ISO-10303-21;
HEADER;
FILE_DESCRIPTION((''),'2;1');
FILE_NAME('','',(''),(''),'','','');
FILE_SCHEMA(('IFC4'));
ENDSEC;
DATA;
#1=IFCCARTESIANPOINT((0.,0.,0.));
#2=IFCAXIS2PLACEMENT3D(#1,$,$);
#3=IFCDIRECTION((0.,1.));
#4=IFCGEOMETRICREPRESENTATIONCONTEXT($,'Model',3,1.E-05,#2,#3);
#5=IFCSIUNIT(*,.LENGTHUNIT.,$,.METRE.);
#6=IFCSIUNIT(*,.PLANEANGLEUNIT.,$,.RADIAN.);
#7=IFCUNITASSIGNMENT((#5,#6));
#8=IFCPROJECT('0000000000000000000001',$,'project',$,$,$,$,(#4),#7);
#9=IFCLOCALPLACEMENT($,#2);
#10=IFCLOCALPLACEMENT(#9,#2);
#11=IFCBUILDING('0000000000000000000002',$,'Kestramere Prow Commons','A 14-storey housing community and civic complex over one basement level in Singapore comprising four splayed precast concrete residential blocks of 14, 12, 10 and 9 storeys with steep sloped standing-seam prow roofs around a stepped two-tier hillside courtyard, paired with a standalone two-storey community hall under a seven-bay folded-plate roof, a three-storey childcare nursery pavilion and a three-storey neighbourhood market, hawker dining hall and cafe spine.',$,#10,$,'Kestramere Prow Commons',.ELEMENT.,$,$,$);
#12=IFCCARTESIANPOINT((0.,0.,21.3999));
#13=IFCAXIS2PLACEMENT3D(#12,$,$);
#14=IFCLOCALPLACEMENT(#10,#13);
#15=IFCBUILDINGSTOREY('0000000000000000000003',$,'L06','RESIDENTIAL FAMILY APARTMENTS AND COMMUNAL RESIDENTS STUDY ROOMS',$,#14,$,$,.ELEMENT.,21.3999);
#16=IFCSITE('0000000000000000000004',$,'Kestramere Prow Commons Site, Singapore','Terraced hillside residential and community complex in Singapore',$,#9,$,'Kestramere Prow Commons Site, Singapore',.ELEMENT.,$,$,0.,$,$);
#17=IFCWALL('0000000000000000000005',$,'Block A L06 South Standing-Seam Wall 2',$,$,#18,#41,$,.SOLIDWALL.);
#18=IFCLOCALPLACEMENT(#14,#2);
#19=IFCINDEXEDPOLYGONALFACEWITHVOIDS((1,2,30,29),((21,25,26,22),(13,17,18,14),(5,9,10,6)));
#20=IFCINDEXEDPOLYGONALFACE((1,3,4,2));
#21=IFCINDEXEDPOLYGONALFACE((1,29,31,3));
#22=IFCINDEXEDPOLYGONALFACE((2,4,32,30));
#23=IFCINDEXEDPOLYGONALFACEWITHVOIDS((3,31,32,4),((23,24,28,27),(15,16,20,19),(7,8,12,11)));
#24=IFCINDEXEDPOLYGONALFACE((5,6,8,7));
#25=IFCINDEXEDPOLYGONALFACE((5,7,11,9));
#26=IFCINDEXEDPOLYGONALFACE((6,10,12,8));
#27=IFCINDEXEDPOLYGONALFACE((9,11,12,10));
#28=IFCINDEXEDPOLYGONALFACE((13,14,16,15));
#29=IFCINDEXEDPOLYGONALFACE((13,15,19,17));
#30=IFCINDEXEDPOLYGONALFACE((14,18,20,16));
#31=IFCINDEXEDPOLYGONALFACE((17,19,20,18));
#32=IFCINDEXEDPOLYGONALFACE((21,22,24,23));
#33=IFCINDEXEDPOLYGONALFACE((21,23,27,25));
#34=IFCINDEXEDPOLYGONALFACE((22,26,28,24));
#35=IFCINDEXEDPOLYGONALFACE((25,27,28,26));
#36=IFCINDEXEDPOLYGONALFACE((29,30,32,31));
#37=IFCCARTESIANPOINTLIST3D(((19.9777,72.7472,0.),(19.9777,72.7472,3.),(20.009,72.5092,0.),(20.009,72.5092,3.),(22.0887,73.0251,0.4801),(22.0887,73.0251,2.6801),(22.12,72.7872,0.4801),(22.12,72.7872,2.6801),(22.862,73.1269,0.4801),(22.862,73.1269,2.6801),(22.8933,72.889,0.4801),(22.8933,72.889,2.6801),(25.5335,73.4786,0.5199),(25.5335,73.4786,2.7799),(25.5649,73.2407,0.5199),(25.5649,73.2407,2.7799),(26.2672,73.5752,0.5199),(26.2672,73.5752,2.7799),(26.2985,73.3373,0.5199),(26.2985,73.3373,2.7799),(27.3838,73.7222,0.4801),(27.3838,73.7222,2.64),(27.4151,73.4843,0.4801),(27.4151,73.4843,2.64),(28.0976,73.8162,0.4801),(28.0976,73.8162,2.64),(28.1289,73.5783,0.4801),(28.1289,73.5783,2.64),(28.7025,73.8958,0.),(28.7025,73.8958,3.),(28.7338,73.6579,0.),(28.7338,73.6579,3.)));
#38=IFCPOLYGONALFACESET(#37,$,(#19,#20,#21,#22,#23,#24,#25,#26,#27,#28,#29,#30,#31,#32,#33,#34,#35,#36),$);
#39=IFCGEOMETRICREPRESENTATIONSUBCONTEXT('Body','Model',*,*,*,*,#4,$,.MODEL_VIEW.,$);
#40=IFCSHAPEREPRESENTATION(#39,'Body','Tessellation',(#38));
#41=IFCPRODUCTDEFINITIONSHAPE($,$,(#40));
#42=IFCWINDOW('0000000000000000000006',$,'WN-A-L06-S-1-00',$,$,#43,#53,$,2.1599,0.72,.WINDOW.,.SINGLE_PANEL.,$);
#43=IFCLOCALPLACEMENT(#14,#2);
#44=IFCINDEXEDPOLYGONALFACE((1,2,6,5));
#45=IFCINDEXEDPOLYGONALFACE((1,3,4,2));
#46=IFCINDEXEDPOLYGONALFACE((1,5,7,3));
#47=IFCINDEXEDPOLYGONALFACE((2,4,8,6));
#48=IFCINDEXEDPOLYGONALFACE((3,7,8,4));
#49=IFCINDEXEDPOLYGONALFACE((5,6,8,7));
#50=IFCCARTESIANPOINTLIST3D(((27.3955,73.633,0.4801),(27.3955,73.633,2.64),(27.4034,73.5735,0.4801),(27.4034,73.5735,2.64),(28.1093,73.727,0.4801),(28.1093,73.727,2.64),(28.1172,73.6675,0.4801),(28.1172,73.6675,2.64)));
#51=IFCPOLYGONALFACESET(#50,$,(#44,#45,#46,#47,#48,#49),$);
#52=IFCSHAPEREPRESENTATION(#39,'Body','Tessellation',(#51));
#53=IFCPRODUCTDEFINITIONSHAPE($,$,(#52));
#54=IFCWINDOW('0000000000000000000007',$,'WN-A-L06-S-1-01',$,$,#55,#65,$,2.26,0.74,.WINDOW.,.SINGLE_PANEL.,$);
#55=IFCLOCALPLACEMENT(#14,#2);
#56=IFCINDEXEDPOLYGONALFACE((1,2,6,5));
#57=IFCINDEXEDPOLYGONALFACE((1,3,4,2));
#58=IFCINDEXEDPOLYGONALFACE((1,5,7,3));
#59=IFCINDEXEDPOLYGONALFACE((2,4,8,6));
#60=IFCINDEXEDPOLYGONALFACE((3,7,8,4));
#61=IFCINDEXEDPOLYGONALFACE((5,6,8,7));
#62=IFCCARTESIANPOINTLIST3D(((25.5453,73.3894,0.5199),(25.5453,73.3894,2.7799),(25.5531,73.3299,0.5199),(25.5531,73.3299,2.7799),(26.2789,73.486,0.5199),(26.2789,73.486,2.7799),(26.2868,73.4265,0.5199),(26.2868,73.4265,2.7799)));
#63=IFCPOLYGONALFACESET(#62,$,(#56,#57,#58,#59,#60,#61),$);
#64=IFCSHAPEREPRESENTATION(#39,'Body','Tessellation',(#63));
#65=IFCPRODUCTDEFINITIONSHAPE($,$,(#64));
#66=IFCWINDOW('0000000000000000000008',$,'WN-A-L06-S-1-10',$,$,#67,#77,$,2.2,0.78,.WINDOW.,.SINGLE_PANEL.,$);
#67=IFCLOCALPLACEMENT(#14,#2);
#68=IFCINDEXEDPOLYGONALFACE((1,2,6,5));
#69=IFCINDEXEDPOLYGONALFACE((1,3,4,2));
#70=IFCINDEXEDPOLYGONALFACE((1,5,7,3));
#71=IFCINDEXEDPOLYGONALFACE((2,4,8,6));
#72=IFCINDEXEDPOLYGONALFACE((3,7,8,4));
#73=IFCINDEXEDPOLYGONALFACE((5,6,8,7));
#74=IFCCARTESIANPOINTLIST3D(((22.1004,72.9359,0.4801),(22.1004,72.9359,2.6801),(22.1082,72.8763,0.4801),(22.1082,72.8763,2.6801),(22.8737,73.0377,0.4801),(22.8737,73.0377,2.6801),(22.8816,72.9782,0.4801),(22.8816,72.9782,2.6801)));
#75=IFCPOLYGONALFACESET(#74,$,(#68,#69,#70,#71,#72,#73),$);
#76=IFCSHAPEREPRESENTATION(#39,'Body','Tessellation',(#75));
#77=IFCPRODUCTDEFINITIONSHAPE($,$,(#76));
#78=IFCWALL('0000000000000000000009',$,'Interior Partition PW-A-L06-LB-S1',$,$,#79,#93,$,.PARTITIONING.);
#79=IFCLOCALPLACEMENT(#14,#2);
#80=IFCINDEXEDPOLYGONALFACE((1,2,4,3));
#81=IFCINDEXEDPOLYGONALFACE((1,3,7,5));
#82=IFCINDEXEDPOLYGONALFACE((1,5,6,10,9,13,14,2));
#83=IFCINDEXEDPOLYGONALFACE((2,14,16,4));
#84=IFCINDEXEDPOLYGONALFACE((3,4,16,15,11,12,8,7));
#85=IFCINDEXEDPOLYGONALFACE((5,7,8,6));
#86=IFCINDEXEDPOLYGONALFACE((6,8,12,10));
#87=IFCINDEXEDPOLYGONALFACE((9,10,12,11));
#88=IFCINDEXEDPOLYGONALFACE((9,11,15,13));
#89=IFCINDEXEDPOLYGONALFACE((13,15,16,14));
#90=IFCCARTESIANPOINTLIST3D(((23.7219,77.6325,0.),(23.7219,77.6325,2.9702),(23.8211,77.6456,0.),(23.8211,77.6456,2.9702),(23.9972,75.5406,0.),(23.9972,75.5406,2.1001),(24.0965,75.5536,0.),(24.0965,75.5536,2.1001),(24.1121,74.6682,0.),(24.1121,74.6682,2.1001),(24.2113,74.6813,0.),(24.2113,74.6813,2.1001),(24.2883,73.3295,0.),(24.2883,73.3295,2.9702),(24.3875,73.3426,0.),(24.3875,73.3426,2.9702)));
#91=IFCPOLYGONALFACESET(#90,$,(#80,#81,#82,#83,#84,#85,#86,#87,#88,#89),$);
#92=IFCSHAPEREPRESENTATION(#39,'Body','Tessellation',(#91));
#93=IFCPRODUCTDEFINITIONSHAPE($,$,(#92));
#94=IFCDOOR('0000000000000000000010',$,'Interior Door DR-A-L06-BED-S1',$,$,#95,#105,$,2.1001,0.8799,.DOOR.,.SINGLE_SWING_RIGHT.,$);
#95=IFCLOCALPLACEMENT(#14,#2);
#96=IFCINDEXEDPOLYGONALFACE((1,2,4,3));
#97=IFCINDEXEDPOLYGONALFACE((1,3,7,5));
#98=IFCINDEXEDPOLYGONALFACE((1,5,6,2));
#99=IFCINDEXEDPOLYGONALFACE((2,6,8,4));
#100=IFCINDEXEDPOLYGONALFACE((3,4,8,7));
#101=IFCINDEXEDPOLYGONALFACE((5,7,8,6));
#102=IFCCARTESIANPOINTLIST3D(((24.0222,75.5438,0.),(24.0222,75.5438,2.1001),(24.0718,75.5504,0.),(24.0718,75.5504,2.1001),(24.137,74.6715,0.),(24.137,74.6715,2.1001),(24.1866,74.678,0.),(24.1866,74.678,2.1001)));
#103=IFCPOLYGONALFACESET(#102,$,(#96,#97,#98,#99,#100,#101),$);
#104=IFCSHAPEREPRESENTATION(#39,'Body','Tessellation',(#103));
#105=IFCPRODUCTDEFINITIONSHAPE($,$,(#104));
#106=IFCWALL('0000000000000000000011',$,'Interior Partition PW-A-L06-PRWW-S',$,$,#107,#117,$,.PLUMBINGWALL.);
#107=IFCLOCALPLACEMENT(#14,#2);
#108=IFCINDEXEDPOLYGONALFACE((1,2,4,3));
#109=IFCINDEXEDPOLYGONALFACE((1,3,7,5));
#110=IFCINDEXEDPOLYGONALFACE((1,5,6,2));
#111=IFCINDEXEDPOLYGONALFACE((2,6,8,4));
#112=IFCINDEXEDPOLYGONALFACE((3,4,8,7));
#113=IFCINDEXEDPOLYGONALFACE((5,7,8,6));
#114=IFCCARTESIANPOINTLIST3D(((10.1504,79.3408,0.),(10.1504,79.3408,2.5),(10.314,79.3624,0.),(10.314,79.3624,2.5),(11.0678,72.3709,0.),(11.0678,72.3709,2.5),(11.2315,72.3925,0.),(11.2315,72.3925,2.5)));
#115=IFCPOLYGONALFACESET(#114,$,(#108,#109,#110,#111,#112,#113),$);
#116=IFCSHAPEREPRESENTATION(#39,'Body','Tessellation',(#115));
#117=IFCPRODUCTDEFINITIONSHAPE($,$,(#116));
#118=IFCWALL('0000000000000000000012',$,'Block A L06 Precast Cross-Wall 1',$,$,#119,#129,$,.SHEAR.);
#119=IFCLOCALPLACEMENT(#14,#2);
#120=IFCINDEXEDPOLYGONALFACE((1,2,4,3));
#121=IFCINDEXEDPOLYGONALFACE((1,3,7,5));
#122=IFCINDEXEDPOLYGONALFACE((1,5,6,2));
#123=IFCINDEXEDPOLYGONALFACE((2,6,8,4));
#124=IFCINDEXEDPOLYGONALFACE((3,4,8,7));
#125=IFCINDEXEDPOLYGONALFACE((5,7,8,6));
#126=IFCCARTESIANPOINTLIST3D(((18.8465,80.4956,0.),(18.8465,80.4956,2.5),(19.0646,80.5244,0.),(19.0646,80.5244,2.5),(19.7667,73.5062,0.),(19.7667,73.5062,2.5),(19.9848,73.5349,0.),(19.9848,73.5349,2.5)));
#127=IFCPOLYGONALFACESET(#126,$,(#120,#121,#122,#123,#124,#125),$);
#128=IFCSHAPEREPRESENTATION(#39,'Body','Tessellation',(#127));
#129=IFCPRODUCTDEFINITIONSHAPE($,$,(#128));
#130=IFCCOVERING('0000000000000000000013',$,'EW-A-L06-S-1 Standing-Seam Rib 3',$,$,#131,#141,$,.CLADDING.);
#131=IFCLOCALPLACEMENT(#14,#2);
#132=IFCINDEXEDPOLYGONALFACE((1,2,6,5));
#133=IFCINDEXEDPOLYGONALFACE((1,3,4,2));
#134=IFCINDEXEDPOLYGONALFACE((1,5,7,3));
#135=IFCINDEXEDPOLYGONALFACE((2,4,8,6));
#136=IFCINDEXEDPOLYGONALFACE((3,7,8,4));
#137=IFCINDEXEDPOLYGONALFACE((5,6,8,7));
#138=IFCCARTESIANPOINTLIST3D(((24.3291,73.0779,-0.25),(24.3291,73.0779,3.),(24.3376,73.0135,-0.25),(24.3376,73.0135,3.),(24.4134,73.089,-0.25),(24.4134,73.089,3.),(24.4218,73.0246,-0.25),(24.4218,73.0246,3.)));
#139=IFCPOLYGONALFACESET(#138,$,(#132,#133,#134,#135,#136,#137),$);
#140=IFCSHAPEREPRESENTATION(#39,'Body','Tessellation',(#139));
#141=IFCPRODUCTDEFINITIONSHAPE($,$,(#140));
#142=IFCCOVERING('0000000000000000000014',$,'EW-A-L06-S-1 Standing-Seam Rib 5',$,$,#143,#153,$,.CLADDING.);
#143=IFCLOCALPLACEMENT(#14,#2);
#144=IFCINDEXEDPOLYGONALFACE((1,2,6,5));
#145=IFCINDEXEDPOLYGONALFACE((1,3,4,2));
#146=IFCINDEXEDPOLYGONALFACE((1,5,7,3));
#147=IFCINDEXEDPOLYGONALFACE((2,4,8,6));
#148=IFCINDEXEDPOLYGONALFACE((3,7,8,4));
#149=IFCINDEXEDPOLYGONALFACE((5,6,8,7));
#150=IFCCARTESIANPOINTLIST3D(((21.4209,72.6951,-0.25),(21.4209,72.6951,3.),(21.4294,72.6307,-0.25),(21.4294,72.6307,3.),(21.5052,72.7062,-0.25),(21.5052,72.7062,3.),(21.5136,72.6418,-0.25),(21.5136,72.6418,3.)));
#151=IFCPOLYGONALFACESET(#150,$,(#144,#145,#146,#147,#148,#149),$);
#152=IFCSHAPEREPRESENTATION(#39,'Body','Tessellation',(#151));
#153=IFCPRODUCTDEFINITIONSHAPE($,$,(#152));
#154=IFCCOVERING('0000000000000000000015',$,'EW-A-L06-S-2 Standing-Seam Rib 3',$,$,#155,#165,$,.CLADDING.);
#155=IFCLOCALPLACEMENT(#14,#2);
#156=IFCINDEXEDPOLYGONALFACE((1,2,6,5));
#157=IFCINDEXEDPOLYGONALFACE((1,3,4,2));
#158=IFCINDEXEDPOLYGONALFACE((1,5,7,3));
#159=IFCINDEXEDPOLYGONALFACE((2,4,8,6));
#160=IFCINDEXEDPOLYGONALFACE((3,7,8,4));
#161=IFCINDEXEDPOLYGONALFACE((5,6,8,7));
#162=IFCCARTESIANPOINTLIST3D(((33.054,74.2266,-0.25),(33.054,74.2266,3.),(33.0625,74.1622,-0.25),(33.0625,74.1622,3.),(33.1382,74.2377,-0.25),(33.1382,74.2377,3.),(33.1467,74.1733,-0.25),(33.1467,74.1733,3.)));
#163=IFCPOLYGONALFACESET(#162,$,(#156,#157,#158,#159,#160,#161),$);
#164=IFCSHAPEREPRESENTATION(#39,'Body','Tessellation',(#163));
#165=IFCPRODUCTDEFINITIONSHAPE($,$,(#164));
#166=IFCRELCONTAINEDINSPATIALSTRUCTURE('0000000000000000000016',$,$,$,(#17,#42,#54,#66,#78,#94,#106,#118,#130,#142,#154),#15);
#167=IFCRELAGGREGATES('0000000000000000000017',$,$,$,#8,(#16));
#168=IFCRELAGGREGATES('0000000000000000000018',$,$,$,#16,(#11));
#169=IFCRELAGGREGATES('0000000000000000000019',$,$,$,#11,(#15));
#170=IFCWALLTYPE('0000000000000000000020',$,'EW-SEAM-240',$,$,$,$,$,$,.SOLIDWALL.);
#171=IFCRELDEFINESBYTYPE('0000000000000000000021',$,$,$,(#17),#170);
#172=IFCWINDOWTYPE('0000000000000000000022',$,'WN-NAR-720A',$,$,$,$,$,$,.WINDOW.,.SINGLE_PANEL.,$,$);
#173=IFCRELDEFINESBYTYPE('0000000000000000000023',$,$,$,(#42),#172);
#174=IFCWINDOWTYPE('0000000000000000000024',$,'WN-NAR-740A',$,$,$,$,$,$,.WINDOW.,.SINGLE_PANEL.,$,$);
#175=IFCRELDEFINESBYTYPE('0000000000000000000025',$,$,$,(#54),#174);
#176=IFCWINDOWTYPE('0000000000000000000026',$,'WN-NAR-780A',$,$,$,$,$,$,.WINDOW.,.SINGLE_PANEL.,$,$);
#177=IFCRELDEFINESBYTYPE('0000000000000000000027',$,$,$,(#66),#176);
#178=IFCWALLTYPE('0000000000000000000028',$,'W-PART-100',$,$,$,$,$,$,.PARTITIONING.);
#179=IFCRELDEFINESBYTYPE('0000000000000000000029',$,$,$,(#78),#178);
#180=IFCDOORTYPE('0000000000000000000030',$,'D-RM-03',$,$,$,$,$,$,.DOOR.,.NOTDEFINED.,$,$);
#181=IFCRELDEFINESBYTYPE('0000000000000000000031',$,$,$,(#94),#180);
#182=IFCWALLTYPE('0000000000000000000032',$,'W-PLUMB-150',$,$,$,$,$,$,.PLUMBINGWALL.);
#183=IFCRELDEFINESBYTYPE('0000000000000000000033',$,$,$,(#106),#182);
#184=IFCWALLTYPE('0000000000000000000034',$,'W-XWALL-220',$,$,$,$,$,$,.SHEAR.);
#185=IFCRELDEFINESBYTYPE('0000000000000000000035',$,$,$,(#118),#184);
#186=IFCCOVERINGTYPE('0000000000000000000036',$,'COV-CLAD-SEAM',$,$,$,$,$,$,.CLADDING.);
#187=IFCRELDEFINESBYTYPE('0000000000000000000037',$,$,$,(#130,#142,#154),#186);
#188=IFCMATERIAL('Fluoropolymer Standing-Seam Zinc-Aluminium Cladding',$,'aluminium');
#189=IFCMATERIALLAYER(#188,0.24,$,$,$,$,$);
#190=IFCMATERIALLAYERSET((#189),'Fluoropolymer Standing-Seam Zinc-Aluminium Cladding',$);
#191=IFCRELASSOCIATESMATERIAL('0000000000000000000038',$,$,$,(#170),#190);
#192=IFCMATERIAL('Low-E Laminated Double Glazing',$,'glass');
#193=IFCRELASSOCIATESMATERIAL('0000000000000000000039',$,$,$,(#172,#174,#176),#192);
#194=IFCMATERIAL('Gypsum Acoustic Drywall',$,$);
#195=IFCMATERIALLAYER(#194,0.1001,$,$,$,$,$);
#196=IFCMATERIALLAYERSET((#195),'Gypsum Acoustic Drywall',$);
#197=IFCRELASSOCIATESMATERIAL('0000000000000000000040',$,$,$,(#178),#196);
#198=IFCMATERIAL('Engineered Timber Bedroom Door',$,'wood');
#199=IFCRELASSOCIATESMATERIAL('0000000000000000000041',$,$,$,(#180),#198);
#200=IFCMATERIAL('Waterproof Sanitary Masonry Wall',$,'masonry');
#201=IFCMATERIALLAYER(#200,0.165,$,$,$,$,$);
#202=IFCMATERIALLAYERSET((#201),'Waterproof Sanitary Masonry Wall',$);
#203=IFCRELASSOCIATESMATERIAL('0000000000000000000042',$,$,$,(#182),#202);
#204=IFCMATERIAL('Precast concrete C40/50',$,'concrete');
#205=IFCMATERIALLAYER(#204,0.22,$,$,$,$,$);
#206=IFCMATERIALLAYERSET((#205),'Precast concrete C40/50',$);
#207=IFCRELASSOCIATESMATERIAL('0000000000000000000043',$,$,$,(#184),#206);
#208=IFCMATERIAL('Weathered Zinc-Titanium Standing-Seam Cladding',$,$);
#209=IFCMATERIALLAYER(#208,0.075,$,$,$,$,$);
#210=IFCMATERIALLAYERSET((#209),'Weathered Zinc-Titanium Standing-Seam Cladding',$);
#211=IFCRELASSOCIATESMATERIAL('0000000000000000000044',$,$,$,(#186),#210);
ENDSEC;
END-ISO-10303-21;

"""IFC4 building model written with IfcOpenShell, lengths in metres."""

from ifc_helpers import new_model, si_unit, direction, frame, frame_2d, origin, origin_2d, place, context, subcontext, project, spatial, rectangle, extrude, material, layer, layer_set, type_object, element, fill, save


model = new_model("IFC4")

# Units and contexts
model_context = context("Model", 3, precision=1e-05, world=origin(), true_north=direction((0.0, 1.0)))
body_context = subcontext(model_context, "Body", "Model", "MODEL_VIEW")
ifc_project = project(units=[si_unit("LENGTHUNIT", "METRE"), si_unit("PLANEANGLEUNIT", "RADIAN")], contexts=[model_context])

# Site, building, storey
site_placement = place(None, origin())
site = spatial("IfcSite", under=ifc_project, at=site_placement, Name="Kestramere Prow Commons Site, Singapore", Description="Terraced hillside residential and community complex in Singapore", LongName="Kestramere Prow Commons Site, Singapore", CompositionType="ELEMENT", RefElevation=0.0)
building_placement = place(site_placement, origin())
building = spatial("IfcBuilding", under=site, at=building_placement, Name="Kestramere Prow Commons", Description="A 14-storey housing community and civic complex over one basement level in Singapore comprising four splayed precast concrete residential blocks of 14, 12, 10 and 9 storeys with steep sloped standing-seam prow roofs around a stepped two-tier hillside courtyard, paired with a standalone two-storey community hall under a seven-bay folded-plate roof, a three-storey childcare nursery pavilion and a three-storey neighbourhood market, hawker dining hall and cafe spine.", LongName="Kestramere Prow Commons", CompositionType="ELEMENT")
storey_placement = place(building_placement, frame((0.0, 0.0, 21.3999)))
storey = spatial("IfcBuildingStorey", under=building, at=storey_placement, Name="L06", Description="RESIDENTIAL FAMILY APARTMENTS AND COMMUNAL RESIDENTS STUDY ROOMS", CompositionType="ELEMENT", Elevation=21.3999)

# Shared definitions
ifc_material_1 = material(Name="Precast concrete C40/50", Category="concrete")

# Shared definitions
ifc_material_2 = material(Name="Weathered Zinc-Titanium Standing-Seam Cladding")
ifc_material_3 = material(Name="Low-E Laminated Double Glazing", Category="glass")

# Shared definitions
ifc_material_4 = material(Name="Fluoropolymer Standing-Seam Zinc-Aluminium Cladding", Category="aluminium")
ifc_layer_1 = layer(ifc_material_4, 0.24)
ifc_layer_set_1 = layer_set([ifc_layer_1], Name="Fluoropolymer Standing-Seam Zinc-Aluminium Cladding")
wall_type_1 = type_object("IfcWallType", Name="EW-SEAM-240", PredefinedType="SOLIDWALL", material=ifc_layer_set_1)

# Wall, openings, windows
wall_1_placement = place(storey_placement, frame((28.718, 73.7769, 0.0), z_axis=(0.0, 0.0, 1.0), x_axis=(-0.991444, -0.13053, 0.0)))
wall_1 = element("IfcWall", 1, at=wall_1_placement, inside=storey, type_object=wall_type_1, Name="Block A L06 South Standing-Seam Wall 2", PredefinedType="SOLIDWALL", context=body_context, shape_type="SweptSolid", body=[
    extrude(rectangle(XDim=8.8, YDim=0.24, at=frame_2d((4.3999, 0.0))), origin(), (0.0, 0.0, 1.0), 3.0),
])
opening_1_placement = place(wall_1_placement, frame((0.6101, 0.0, 0.48)))
opening_1 = element("IfcOpeningElement", 2, at=opening_1_placement, cuts=wall_1, PredefinedType="OPENING", context=body_context, shape_type="SweptSolid", body=[
    extrude(rectangle(XDim=0.72, YDim=2.1599, at=frame_2d((0.3599, 1.0801))), frame((0.0, 0.135, 0.0), z_axis=(0.0, -1.0, 0.0), x_axis=(1.0, 0.0, 0.0)), (0.0, 0.0, 1.0), 0.27),
])
opening_2_placement = place(wall_1_placement, frame((2.4561, 0.0, 0.52)))
opening_2 = element("IfcOpeningElement", 3, at=opening_2_placement, cuts=wall_1, PredefinedType="OPENING", context=body_context, shape_type="SweptSolid", body=[
    extrude(rectangle(XDim=0.74, YDim=2.26, at=frame_2d((0.3701, 1.1299))), frame((0.0, 0.135, 0.0), z_axis=(0.0, -1.0, 0.0), x_axis=(1.0, 0.0, 0.0)), (0.0, 0.0, 1.0), 0.27),
])
opening_3_placement = place(wall_1_placement, frame((5.8906, 0.0, 0.48)))
opening_3 = element("IfcOpeningElement", 4, at=opening_3_placement, cuts=wall_1, PredefinedType="OPENING", context=body_context, shape_type="SweptSolid", body=[
    extrude(rectangle(XDim=0.78, YDim=2.2, at=frame_2d((0.3901, 1.1001))), frame((0.0, 0.135, 0.0), z_axis=(0.0, -1.0, 0.0), x_axis=(1.0, 0.0, 0.0)), (0.0, 0.0, 1.0), 0.27),
])
window_type_1 = type_object("IfcWindowType", Name="WN-NAR-720A", PartitioningType="SINGLE_PANEL", PredefinedType="WINDOW", material=ifc_material_3)
window_1_placement = place(opening_1_placement, origin())
window_1 = element("IfcWindow", 5, at=window_1_placement, inside=storey, type_object=window_type_1, Name="WN-A-L06-S-1-00", OverallHeight=2.1599, OverallWidth=0.72, PartitioningType="SINGLE_PANEL", PredefinedType="WINDOW", context=body_context, shape_type="SweptSolid", body=[
    extrude(rectangle(XDim=0.72, YDim=2.1599, at=frame_2d((0.3599, 1.0801))), frame((0.0, 0.03, 0.0), z_axis=(0.0, -1.0, 0.0), x_axis=(1.0, 0.0, 0.0)), (0.0, 0.0, 1.0), 0.0601),
])
fill(opening_1, window_1)
window_type_2 = type_object("IfcWindowType", Name="WN-NAR-740A", PartitioningType="SINGLE_PANEL", PredefinedType="WINDOW", material=ifc_material_3)
window_2_placement = place(opening_2_placement, origin())
window_2 = element("IfcWindow", 6, at=window_2_placement, inside=storey, type_object=window_type_2, Name="WN-A-L06-S-1-01", OverallHeight=2.26, OverallWidth=0.74, PartitioningType="SINGLE_PANEL", PredefinedType="WINDOW", context=body_context, shape_type="SweptSolid", body=[
    extrude(rectangle(XDim=0.74, YDim=2.26, at=frame_2d((0.3701, 1.1299))), frame((0.0, 0.03, 0.0), z_axis=(0.0, -1.0, 0.0), x_axis=(1.0, 0.0, 0.0)), (0.0, 0.0, 1.0), 0.0601),
])
fill(opening_2, window_2)
window_type_3 = type_object("IfcWindowType", Name="WN-NAR-780A", PartitioningType="SINGLE_PANEL", PredefinedType="WINDOW", material=ifc_material_3)
window_3_placement = place(opening_3_placement, origin())
window_3 = element("IfcWindow", 7, at=window_3_placement, inside=storey, type_object=window_type_3, Name="WN-A-L06-S-1-10", OverallHeight=2.2, OverallWidth=0.78, PartitioningType="SINGLE_PANEL", PredefinedType="WINDOW", context=body_context, shape_type="SweptSolid", body=[
    extrude(rectangle(XDim=0.78, YDim=2.2, at=frame_2d((0.3901, 1.1001))), frame((0.0, 0.03, 0.0), z_axis=(0.0, -1.0, 0.0), x_axis=(1.0, 0.0, 0.0)), (0.0, 0.0, 1.0), 0.0601),
])
fill(opening_3, window_3)

# Wall, opening, door
ifc_material_5 = material(Name="Gypsum Acoustic Drywall")
ifc_layer_2 = layer(ifc_material_5, 0.1001)
ifc_layer_set_2 = layer_set([ifc_layer_2], Name="Gypsum Acoustic Drywall")
wall_type_2 = type_object("IfcWallType", Name="W-PART-100", PredefinedType="PARTITIONING", material=ifc_layer_set_2)
wall_2_placement = place(storey_placement, frame((24.3379, 73.3362, 0.0), z_axis=(0.0, 0.0, 1.0), x_axis=(-0.130505, 0.991448, 0.0)))
wall_2 = element("IfcWall", 8, at=wall_2_placement, inside=storey, type_object=wall_type_2, Name="Interior Partition PW-A-L06-LB-S1", PredefinedType="PARTITIONING", context=body_context, shape_type="SweptSolid", body=[
    extrude(rectangle(XDim=4.3401, YDim=0.1001, at=frame_2d((2.1699, 0.0))), origin(), (0.0, 0.0, 1.0), 2.9702),
])
opening_4_placement = place(wall_2_placement, frame((1.3501, 0.0, 0.0)))
opening_4 = element("IfcOpeningElement", 9, at=opening_4_placement, cuts=wall_2, PredefinedType="OPENING", context=body_context, shape_type="SweptSolid", body=[
    extrude(rectangle(XDim=0.8799, YDim=2.1001, at=frame_2d((0.4399, 1.05))), frame((0.0, 0.0649, 0.0), z_axis=(0.0, -1.0, 0.0), x_axis=(1.0, 0.0, 0.0)), (0.0, 0.0, 1.0), 0.1301),
])
ifc_material_6 = material(Name="Engineered Timber Bedroom Door", Category="wood")
door_type_1 = type_object("IfcDoorType", Name="D-RM-03", OperationType="NOTDEFINED", PredefinedType="DOOR", material=ifc_material_6)
door_1_placement = place(opening_4_placement, origin())
door_1 = element("IfcDoor", 10, at=door_1_placement, inside=storey, type_object=door_type_1, Name="Interior Door DR-A-L06-BED-S1", OperationType="SINGLE_SWING_RIGHT", OverallHeight=2.1001, OverallWidth=0.8799, PredefinedType="DOOR", context=body_context, shape_type="SweptSolid", body=[
    extrude(rectangle(XDim=0.8799, YDim=2.1001, at=frame_2d((0.4399, 1.05))), frame((0.0, 0.0249, 0.0), z_axis=(0.0, -1.0, 0.0), x_axis=(1.0, 0.0, 0.0)), (0.0, 0.0, 1.0), 0.05),
])
fill(opening_4, door_1)

# Walls
ifc_material_7 = material(Name="Waterproof Sanitary Masonry Wall", Category="masonry")
ifc_layer_3 = layer(ifc_material_7, 0.165)
ifc_layer_set_3 = layer_set([ifc_layer_3], Name="Waterproof Sanitary Masonry Wall")
wall_type_3 = type_object("IfcWallType", Name="W-PLUMB-150", PredefinedType="PLUMBINGWALL", material=ifc_layer_set_3)
wall_3_placement = place(storey_placement, frame((11.1497, 72.3816, 0.0), z_axis=(0.0, 0.0, 1.0), x_axis=(-0.130508, 0.991447, 0.0)))
element("IfcWall", 11, at=wall_3_placement, inside=storey, type_object=wall_type_3, Name="Interior Partition PW-A-L06-PRWW-S", PredefinedType="PLUMBINGWALL", context=body_context, shape_type="SweptSolid", body=[
    extrude(rectangle(XDim=7.03, YDim=0.165, at=frame_2d((3.5151, 0.0))), origin(), (0.0, 0.0, 1.0), 2.5),
])
ifc_layer_4 = layer(ifc_material_1, 0.22)
ifc_layer_set_4 = layer_set([ifc_layer_4], Name="Precast concrete C40/50")
wall_type_4 = type_object("IfcWallType", Name="W-XWALL-220", PredefinedType="SHEAR", material=ifc_layer_set_4)
wall_4_placement = place(storey_placement, frame((19.8757, 73.5205, 0.0), z_axis=(0.0, 0.0, 1.0), x_axis=(-0.130523, 0.991445, 0.0)))
element("IfcWall", 12, at=wall_4_placement, inside=storey, type_object=wall_type_4, Name="Block A L06 Precast Cross-Wall 1", PredefinedType="SHEAR", context=body_context, shape_type="SweptSolid", body=[
    extrude(rectangle(XDim=7.0498, YDim=0.22, at=frame_2d((3.5249, 0.0))), origin(), (0.0, 0.0, 1.0), 2.5),
])

# Coverings
ifc_layer_5 = layer(ifc_material_2, 0.075)
ifc_layer_set_5 = layer_set([ifc_layer_5], Name="Weathered Zinc-Titanium Standing-Seam Cladding")
covering_type = type_object("IfcCoveringType", Name="COV-CLAD-SEAM", PredefinedType="CLADDING", material=ifc_layer_set_5)
for number, where, z_axis, x_axis, name in (
    (13, (24.3755, 73.0513, -0.25), (0.0, 0.0, 1.0), (-0.991445, -0.130526, 0.0), "EW-A-L06-S-1 Standing-Seam Rib 3"),
    (14, (21.4673, 72.6685, -0.25), (0.0, 0.0, 1.0), (-0.991445, -0.130526, 0.0), "EW-A-L06-S-1 Standing-Seam Rib 5"),
    (15, (33.1003, 74.2, -0.25), (0.0, 0.0, 1.0), (-0.991445, -0.130526, 0.0), "EW-A-L06-S-2 Standing-Seam Rib 3"),
):
    element("IfcCovering", number, at=place(storey_placement, frame(where, z_axis=z_axis, x_axis=x_axis)), inside=storey, type_object=covering_type, Name=name, PredefinedType="CLADDING", context=body_context, shape_type="SweptSolid", body=[
        extrude(rectangle(XDim=0.085, YDim=0.0649, at=origin_2d()), origin(), (0.0, 0.0, 1.0), 3.25),
    ])

save(model, "model.ifc")
